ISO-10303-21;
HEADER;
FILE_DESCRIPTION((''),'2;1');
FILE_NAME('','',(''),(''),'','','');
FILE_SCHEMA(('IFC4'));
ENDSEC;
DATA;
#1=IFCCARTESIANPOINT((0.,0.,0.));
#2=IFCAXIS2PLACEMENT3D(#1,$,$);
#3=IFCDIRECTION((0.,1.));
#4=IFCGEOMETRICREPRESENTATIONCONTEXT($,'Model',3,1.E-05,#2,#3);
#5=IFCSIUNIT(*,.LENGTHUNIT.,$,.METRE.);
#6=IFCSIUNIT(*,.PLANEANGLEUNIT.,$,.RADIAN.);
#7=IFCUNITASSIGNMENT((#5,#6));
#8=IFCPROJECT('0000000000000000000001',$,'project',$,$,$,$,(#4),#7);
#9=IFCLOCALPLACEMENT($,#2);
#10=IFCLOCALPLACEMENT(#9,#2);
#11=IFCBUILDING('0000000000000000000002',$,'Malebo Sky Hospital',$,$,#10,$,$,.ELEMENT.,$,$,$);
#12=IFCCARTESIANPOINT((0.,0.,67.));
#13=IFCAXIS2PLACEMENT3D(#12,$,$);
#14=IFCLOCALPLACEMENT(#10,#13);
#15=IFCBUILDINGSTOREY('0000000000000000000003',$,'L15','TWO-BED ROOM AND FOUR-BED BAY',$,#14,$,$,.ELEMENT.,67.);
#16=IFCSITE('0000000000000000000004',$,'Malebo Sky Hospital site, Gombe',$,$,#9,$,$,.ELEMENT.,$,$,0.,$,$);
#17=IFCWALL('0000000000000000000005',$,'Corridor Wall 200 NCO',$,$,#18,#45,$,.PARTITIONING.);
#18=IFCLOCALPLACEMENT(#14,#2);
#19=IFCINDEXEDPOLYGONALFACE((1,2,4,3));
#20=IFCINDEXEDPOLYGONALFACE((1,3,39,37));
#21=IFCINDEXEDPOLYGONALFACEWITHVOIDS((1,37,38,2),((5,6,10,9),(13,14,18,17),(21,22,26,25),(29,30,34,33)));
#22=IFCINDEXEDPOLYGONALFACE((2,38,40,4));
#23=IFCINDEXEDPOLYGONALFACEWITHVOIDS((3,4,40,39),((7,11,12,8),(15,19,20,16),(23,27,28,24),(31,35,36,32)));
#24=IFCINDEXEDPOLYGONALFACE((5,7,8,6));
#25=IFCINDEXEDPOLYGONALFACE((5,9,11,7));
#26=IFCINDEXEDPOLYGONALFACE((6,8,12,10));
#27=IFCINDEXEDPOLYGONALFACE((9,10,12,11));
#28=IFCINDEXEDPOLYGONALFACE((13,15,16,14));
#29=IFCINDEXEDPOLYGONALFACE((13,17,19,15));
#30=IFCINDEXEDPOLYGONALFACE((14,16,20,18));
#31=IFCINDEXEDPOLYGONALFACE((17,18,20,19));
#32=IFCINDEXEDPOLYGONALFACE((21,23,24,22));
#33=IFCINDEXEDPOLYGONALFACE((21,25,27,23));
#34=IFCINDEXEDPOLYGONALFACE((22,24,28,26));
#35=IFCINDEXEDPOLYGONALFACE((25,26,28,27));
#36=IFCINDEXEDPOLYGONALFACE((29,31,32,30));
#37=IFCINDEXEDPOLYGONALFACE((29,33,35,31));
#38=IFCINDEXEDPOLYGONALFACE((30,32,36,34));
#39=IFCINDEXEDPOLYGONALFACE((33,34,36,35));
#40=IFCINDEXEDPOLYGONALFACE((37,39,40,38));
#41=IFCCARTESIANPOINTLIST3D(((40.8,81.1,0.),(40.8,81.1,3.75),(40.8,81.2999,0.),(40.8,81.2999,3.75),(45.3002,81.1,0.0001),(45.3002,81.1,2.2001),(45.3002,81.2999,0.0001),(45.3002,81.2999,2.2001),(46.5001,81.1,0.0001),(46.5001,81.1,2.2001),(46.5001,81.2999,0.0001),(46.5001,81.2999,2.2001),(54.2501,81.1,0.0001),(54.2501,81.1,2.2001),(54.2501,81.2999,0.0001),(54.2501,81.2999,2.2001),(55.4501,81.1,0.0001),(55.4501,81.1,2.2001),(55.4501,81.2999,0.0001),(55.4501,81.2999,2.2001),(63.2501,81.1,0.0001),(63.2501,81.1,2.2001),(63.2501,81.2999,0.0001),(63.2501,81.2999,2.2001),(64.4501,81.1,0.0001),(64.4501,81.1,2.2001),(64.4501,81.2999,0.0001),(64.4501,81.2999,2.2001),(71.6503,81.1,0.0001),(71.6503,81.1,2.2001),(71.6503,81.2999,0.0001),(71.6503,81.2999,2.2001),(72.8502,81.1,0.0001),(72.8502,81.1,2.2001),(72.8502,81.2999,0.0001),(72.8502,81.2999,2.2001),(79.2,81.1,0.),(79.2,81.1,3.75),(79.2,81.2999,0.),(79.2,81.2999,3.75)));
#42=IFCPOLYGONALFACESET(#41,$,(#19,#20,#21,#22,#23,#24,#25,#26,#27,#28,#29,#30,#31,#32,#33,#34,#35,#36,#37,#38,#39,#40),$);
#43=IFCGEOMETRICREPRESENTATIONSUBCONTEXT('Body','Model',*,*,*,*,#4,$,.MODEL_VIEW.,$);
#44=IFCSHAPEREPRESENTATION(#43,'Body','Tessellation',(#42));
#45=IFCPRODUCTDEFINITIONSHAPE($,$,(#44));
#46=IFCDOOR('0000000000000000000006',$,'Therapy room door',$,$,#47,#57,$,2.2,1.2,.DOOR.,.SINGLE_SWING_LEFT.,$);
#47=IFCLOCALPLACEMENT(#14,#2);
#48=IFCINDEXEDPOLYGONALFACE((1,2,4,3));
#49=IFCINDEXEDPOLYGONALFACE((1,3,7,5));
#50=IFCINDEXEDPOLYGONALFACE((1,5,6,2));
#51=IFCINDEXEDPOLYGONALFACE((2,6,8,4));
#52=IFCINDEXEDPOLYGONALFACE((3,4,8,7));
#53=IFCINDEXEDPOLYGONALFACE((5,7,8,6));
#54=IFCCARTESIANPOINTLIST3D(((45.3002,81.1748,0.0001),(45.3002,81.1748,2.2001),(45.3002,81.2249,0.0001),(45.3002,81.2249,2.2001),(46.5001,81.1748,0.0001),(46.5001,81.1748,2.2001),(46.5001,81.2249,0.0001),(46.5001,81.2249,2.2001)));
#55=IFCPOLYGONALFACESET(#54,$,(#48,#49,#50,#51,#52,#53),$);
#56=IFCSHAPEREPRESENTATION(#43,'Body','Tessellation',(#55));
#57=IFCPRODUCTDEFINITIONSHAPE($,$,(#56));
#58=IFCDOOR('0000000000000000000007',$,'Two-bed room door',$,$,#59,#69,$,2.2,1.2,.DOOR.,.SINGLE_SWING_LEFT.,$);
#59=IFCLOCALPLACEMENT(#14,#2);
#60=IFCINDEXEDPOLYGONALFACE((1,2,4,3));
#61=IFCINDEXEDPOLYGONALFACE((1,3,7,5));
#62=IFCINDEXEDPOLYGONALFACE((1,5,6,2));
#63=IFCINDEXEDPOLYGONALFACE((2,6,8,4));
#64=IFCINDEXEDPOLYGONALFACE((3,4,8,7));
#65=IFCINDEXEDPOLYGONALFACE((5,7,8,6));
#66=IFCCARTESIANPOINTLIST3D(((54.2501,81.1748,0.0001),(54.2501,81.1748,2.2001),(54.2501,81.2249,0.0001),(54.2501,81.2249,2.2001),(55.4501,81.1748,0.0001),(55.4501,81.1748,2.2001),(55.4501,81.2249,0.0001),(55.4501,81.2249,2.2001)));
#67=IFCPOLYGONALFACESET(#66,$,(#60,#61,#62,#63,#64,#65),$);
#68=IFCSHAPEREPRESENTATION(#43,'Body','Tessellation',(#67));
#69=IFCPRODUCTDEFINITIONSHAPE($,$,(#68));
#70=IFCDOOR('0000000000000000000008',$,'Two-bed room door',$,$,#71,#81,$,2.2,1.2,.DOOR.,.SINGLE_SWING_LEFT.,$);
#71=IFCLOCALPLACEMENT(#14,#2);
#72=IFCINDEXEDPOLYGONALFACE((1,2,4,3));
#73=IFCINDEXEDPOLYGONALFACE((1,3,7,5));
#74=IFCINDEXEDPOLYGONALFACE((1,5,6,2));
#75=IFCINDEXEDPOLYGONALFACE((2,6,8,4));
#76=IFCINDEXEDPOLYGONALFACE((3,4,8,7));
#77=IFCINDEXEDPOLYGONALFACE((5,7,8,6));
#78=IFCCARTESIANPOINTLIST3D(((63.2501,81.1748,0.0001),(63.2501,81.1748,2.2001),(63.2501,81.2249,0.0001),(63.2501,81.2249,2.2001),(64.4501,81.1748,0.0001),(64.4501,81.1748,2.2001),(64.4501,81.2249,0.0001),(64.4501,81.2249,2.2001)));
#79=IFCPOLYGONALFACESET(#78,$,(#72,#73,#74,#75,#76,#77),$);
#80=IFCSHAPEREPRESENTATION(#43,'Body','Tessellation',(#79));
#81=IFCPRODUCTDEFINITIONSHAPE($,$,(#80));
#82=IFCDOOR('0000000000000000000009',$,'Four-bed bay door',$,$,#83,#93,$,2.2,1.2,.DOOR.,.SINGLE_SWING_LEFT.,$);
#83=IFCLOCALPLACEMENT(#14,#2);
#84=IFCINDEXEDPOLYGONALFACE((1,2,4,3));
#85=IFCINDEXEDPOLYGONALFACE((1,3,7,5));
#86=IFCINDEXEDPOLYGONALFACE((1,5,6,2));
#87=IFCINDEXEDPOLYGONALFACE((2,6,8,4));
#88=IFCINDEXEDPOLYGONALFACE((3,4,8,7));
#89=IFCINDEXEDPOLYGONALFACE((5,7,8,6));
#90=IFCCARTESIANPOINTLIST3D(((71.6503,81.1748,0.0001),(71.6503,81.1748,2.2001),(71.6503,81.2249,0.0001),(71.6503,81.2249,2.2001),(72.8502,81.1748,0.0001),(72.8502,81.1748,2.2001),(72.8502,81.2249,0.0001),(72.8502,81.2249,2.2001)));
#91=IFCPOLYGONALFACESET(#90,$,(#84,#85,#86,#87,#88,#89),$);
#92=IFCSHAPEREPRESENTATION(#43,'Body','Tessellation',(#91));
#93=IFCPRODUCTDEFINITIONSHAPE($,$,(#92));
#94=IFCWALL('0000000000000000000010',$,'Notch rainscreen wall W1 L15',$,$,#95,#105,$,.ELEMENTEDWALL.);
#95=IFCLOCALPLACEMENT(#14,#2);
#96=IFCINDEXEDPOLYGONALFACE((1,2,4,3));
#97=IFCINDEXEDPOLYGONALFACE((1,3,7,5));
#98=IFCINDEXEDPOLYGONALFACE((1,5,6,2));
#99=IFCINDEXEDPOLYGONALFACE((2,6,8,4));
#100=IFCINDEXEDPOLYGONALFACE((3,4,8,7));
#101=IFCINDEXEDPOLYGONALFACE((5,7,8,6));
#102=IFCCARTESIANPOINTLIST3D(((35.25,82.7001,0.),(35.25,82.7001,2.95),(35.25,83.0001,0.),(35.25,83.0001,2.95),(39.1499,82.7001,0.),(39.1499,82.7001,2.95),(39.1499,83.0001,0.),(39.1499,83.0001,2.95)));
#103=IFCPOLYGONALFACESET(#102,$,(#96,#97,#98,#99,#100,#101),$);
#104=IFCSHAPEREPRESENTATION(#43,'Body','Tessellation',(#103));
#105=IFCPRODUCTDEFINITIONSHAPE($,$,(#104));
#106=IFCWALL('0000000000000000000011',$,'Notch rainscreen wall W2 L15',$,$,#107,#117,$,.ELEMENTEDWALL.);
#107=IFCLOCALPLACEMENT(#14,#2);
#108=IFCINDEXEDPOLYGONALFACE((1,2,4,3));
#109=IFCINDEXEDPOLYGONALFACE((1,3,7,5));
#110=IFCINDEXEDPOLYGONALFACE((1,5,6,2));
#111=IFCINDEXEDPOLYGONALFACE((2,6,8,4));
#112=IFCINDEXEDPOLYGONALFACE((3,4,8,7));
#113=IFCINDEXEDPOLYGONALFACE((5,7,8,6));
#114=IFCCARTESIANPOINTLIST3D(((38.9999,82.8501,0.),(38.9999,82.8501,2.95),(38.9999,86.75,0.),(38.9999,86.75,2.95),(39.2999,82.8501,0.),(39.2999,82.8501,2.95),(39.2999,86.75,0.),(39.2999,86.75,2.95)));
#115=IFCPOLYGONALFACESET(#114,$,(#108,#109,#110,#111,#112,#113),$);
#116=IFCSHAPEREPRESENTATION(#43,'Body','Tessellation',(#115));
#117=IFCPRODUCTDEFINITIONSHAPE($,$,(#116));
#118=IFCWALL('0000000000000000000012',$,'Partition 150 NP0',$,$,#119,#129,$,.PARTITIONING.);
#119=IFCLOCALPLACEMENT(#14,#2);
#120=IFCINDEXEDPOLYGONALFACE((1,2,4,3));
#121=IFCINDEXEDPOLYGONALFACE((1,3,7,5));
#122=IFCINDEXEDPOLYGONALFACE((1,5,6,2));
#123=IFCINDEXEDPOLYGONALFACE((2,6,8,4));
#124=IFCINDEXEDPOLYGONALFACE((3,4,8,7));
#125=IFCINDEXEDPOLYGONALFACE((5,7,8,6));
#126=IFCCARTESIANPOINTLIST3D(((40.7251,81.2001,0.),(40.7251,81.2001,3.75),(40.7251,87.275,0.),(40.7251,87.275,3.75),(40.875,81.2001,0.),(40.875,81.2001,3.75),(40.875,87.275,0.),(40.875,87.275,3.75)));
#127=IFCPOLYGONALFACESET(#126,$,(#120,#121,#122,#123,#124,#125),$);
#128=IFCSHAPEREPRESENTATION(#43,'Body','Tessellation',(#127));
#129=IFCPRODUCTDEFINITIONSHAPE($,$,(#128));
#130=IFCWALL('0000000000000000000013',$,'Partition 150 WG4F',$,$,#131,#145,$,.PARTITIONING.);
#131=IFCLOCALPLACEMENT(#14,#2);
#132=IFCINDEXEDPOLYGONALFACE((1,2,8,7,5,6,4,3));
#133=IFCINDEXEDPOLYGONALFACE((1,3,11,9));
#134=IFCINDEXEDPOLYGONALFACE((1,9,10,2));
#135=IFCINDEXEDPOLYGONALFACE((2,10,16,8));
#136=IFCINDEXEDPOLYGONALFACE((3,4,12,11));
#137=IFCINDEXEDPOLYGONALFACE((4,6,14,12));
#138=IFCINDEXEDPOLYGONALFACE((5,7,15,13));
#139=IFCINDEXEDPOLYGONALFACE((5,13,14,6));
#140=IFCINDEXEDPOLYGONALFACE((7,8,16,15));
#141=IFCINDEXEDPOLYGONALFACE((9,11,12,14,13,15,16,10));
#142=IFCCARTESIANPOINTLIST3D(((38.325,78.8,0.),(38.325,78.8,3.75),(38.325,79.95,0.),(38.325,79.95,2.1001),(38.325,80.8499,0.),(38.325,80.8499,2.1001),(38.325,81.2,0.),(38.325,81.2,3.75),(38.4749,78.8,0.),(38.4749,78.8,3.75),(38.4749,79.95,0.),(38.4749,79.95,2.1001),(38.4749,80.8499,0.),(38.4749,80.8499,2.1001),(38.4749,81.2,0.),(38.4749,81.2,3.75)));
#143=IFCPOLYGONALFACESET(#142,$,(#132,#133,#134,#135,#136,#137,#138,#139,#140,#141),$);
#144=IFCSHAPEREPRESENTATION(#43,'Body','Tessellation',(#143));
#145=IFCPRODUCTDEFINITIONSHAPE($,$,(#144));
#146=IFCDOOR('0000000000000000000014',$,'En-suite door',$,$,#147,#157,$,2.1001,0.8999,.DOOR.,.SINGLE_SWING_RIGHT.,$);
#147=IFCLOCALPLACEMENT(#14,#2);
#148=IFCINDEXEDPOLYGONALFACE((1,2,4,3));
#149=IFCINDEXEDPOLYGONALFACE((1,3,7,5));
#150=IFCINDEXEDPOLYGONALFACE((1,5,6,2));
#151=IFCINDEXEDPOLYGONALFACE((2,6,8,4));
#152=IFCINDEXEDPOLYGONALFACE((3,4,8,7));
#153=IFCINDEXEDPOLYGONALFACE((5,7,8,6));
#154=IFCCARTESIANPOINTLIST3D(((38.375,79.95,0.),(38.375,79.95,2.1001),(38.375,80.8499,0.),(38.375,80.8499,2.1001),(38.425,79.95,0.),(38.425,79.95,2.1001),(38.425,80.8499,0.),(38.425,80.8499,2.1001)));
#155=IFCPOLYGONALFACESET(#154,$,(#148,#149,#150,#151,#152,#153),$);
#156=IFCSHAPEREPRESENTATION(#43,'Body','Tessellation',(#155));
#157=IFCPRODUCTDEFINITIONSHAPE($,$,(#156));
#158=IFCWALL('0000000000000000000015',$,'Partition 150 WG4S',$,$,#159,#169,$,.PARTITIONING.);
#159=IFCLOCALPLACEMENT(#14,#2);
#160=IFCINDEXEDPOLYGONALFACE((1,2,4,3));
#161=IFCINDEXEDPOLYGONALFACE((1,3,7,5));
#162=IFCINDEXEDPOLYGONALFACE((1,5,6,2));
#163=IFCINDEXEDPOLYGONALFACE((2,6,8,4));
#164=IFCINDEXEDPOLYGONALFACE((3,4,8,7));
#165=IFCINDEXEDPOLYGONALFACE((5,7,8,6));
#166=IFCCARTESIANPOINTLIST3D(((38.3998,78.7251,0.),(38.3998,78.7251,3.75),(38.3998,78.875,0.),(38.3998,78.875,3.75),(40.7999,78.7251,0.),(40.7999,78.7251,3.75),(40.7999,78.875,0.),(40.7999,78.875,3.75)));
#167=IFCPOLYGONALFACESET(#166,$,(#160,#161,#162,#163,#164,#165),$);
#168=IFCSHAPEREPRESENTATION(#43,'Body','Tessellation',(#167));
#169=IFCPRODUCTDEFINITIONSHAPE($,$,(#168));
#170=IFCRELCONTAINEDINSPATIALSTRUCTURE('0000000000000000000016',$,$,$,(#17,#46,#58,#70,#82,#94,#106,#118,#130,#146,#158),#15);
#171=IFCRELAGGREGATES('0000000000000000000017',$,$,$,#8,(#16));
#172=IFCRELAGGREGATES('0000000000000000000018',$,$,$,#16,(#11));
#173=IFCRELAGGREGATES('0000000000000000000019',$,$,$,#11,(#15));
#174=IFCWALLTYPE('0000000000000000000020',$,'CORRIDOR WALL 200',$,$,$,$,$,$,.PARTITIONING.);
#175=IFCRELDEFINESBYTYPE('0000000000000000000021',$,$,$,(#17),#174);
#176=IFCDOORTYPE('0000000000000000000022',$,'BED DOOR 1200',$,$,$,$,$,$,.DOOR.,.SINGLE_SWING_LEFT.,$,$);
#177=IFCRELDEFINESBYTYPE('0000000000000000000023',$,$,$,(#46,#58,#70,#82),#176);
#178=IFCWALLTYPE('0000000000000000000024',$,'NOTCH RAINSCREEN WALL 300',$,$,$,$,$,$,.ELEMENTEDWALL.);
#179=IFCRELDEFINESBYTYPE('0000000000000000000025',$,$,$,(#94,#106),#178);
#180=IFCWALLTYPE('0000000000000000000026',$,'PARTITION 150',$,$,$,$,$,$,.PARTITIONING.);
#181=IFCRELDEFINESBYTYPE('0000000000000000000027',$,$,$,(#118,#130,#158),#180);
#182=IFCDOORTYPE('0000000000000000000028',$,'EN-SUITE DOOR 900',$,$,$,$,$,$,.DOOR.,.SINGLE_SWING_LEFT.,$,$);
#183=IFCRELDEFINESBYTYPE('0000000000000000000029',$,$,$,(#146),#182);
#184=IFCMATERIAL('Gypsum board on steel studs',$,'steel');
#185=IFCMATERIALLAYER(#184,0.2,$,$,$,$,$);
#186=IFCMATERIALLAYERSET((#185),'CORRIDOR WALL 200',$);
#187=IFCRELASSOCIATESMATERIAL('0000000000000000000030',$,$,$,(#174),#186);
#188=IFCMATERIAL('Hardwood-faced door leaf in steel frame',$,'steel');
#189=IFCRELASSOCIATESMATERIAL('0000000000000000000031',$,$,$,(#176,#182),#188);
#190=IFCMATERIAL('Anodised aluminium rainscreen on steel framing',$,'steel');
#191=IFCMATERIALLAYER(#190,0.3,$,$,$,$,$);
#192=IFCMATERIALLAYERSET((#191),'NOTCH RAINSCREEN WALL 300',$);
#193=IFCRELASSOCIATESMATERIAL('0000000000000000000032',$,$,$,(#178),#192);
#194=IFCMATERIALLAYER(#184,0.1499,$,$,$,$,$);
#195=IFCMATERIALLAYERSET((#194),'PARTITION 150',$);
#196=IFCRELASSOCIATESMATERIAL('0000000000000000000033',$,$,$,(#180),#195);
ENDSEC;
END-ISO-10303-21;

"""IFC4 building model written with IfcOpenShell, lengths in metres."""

from ifc_helpers import new_model, si_unit, direction, frame, frame_2d, origin, place, context, subcontext, project, spatial, rectangle, extrude, material, layer, layer_set, type_object, element, fill, save


model = new_model("IFC4")

# Units and contexts
model_context = context("Model", 3, precision=1e-05, world=origin(), true_north=direction((0.0, 1.0)))
body_context = subcontext(model_context, "Body", "Model", "MODEL_VIEW")
ifc_project = project(units=[si_unit("LENGTHUNIT", "METRE"), si_unit("PLANEANGLEUNIT", "RADIAN")], contexts=[model_context])

# Site, building, storey
site_placement = place(None, origin())
site = spatial("IfcSite", under=ifc_project, at=site_placement, Name="Malebo Sky Hospital site, Gombe", CompositionType="ELEMENT", RefElevation=0.0)
building_placement = place(site_placement, origin())
building = spatial("IfcBuilding", under=site, at=building_placement, Name="Malebo Sky Hospital", CompositionType="ELEMENT")
storey_placement = place(building_placement, frame((0.0, 0.0, 67.0)))
storey = spatial("IfcBuildingStorey", under=building, at=storey_placement, Name="L15", Description="TWO-BED ROOM AND FOUR-BED BAY", CompositionType="ELEMENT", Elevation=67.0)

# Wall, openings, doors
ifc_material_1 = material(Name="Gypsum board on steel studs", Category="steel")
ifc_layer_1 = layer(ifc_material_1, 0.2)
ifc_layer_set_1 = layer_set([ifc_layer_1], Name="CORRIDOR WALL 200")
wall_type_1 = type_object("IfcWallType", Name="CORRIDOR WALL 200", PredefinedType="PARTITIONING", material=ifc_layer_set_1)
wall_1_placement = place(storey_placement, frame((40.8, 81.2, 0.0), z_axis=(0.0, 0.0, 1.0), x_axis=(1.0, 0.0, 0.0)))
wall_1 = element("IfcWall", 1, at=wall_1_placement, inside=storey, type_object=wall_type_1, Name="Corridor Wall 200 NCO", PredefinedType="PARTITIONING", context=body_context, shape_type="SweptSolid", body=[
    extrude(rectangle(XDim=38.3999, YDim=0.2, at=frame_2d((19.2, 0.0))), origin(), (0.0, 0.0, 1.0), 3.75),
])
opening_1_placement = place(wall_1_placement, frame((4.5, 0.0, 0.0)))
opening_1 = element("IfcOpeningElement", 2, at=opening_1_placement, cuts=wall_1, PredefinedType="OPENING", context=body_context, shape_type="SweptSolid", body=[
    extrude(rectangle(XDim=1.2, YDim=2.2, at=frame_2d((0.6001, 1.1001))), frame((0.0, 0.1099, 0.0), z_axis=(0.0, -1.0, 0.0), x_axis=(1.0, 0.0, 0.0)), (0.0, 0.0, 1.0), 0.22),
])
opening_2_placement = place(wall_1_placement, frame((13.45, 0.0, 0.0)))
opening_2 = element("IfcOpeningElement", 3, at=opening_2_placement, cuts=wall_1, PredefinedType="OPENING", context=body_context, shape_type="SweptSolid", body=[
    extrude(rectangle(XDim=1.2, YDim=2.2, at=frame_2d((0.6001, 1.1001))), frame((0.0, 0.1099, 0.0), z_axis=(0.0, -1.0, 0.0), x_axis=(1.0, 0.0, 0.0)), (0.0, 0.0, 1.0), 0.22),
])
opening_3_placement = place(wall_1_placement, frame((22.45, 0.0, 0.0)))
opening_3 = element("IfcOpeningElement", 4, at=opening_3_placement, cuts=wall_1, PredefinedType="OPENING", context=body_context, shape_type="SweptSolid", body=[
    extrude(rectangle(XDim=1.2, YDim=2.2, at=frame_2d((0.6001, 1.1001))), frame((0.0, 0.1099, 0.0), z_axis=(0.0, -1.0, 0.0), x_axis=(1.0, 0.0, 0.0)), (0.0, 0.0, 1.0), 0.22),
])
opening_4_placement = place(wall_1_placement, frame((30.8501, 0.0, 0.0)))
opening_4 = element("IfcOpeningElement", 5, at=opening_4_placement, cuts=wall_1, PredefinedType="OPENING", context=body_context, shape_type="SweptSolid", body=[
    extrude(rectangle(XDim=1.2, YDim=2.2, at=frame_2d((0.6001, 1.1001))), frame((0.0, 0.1099, 0.0), z_axis=(0.0, -1.0, 0.0), x_axis=(1.0, 0.0, 0.0)), (0.0, 0.0, 1.0), 0.22),
])
ifc_material_2 = material(Name="Hardwood-faced door leaf in steel frame", Category="steel")
door_type_1 = type_object("IfcDoorType", Name="BED DOOR 1200", OperationType="SINGLE_SWING_LEFT", PredefinedType="DOOR", material=ifc_material_2)
door_1_placement = place(opening_1_placement, origin())
door_1 = element("IfcDoor", 6, at=door_1_placement, inside=storey, type_object=door_type_1, Name="Therapy room door", OperationType="SINGLE_SWING_LEFT", OverallHeight=2.2, OverallWidth=1.2, PredefinedType="DOOR", context=body_context, shape_type="SweptSolid", body=[
    extrude(rectangle(XDim=1.2, YDim=2.2, at=frame_2d((0.6001, 1.1001))), frame((0.0, 0.0249, 0.0), z_axis=(0.0, -1.0, 0.0), x_axis=(1.0, 0.0, 0.0)), (0.0, 0.0, 1.0), 0.05),
])
fill(opening_1, door_1)
door_2_placement = place(opening_2_placement, origin())
door_2 = element("IfcDoor", 7, at=door_2_placement, inside=storey, type_object=door_type_1, Name="Two-bed room door", OperationType="SINGLE_SWING_LEFT", OverallHeight=2.2, OverallWidth=1.2, PredefinedType="DOOR", context=body_context, shape_type="SweptSolid", body=[
    extrude(rectangle(XDim=1.2, YDim=2.2, at=frame_2d((0.6001, 1.1001))), frame((0.0, 0.0249, 0.0), z_axis=(0.0, -1.0, 0.0), x_axis=(1.0, 0.0, 0.0)), (0.0, 0.0, 1.0), 0.05),
])
fill(opening_2, door_2)
door_3_placement = place(opening_3_placement, origin())
door_3 = element("IfcDoor", 8, at=door_3_placement, inside=storey, type_object=door_type_1, Name="Two-bed room door", OperationType="SINGLE_SWING_LEFT", OverallHeight=2.2, OverallWidth=1.2, PredefinedType="DOOR", context=body_context, shape_type="SweptSolid", body=[
    extrude(rectangle(XDim=1.2, YDim=2.2, at=frame_2d((0.6001, 1.1001))), frame((0.0, 0.0249, 0.0), z_axis=(0.0, -1.0, 0.0), x_axis=(1.0, 0.0, 0.0)), (0.0, 0.0, 1.0), 0.05),
])
fill(opening_3, door_3)
door_4_placement = place(opening_4_placement, origin())
door_4 = element("IfcDoor", 9, at=door_4_placement, inside=storey, type_object=door_type_1, Name="Four-bed bay door", OperationType="SINGLE_SWING_LEFT", OverallHeight=2.2, OverallWidth=1.2, PredefinedType="DOOR", context=body_context, shape_type="SweptSolid", body=[
    extrude(rectangle(XDim=1.2, YDim=2.2, at=frame_2d((0.6001, 1.1001))), frame((0.0, 0.0249, 0.0), z_axis=(0.0, -1.0, 0.0), x_axis=(1.0, 0.0, 0.0)), (0.0, 0.0, 1.0), 0.05),
])
fill(opening_4, door_4)

# Walls
ifc_material_3 = material(Name="Anodised aluminium rainscreen on steel framing", Category="steel")
ifc_layer_2 = layer(ifc_material_3, 0.3)
ifc_layer_set_2 = layer_set([ifc_layer_2], Name="NOTCH RAINSCREEN WALL 300")
wall_type_2 = type_object("IfcWallType", Name="NOTCH RAINSCREEN WALL 300", PredefinedType="ELEMENTEDWALL", material=ifc_layer_set_2)
for number, where, z_axis, x_axis, name in (
    (10, (35.25, 82.8501, 0.0), (0.0, 0.0, 1.0), (1.0, 0.0, 0.0), "Notch rainscreen wall W1 L15"),
    (11, (39.1499, 82.8501, 0.0), (0.0, 0.0, 1.0), (0.0, 1.0, 0.0), "Notch rainscreen wall W2 L15"),
):
    element("IfcWall", number, at=place(storey_placement, frame(where, z_axis=z_axis, x_axis=x_axis)), inside=storey, type_object=wall_type_2, Name=name, PredefinedType="ELEMENTEDWALL", context=body_context, shape_type="SweptSolid", body=[
        extrude(rectangle(XDim=3.8999, YDim=0.3, at=frame_2d((1.95, 0.0))), origin(), (0.0, 0.0, 1.0), 2.95),
    ])
ifc_layer_3 = layer(ifc_material_1, 0.1499)
ifc_layer_set_3 = layer_set([ifc_layer_3], Name="PARTITION 150")
wall_type_3 = type_object("IfcWallType", Name="PARTITION 150", PredefinedType="PARTITIONING", material=ifc_layer_set_3)
wall_2_placement = place(storey_placement, frame((40.8, 81.2, 0.0), z_axis=(0.0, 0.0, 1.0), x_axis=(0.0, 1.0, 0.0)))
element("IfcWall", 12, at=wall_2_placement, inside=storey, type_object=wall_type_3, Name="Partition 150 NP0", PredefinedType="PARTITIONING", context=body_context, shape_type="SweptSolid", body=[
    extrude(rectangle(XDim=6.075, YDim=0.1499, at=frame_2d((3.0376, 0.0))), origin(), (0.0, 0.0, 1.0), 3.75),
])

# Wall, opening, door
wall_3_placement = place(storey_placement, frame((38.3999, 78.8, 0.0), z_axis=(0.0, 0.0, 1.0), x_axis=(0.0, 1.0, 0.0)))
wall_3 = element("IfcWall", 13, at=wall_3_placement, inside=storey, type_object=wall_type_3, Name="Partition 150 WG4F", PredefinedType="PARTITIONING", context=body_context, shape_type="SweptSolid", body=[
    extrude(rectangle(XDim=2.3999, YDim=0.1499, at=frame_2d((1.2, 0.0))), origin(), (0.0, 0.0, 1.0), 3.75),
])
opening_5_placement = place(wall_3_placement, frame((1.1499, 0.0, 0.0)))
opening_5 = element("IfcOpeningElement", 14, at=opening_5_placement, cuts=wall_3, PredefinedType="OPENING", context=body_context, shape_type="SweptSolid", body=[
    extrude(rectangle(XDim=0.8999, YDim=2.1001, at=frame_2d((0.45, 1.05))), frame((0.0, 0.085, 0.0), z_axis=(0.0, -1.0, 0.0), x_axis=(1.0, 0.0, 0.0)), (0.0, 0.0, 1.0), 0.1699),
])
door_type_2 = type_object("IfcDoorType", Name="EN-SUITE DOOR 900", OperationType="SINGLE_SWING_LEFT", PredefinedType="DOOR", material=ifc_material_2)
door_5_placement = place(opening_5_placement, origin())
door_5 = element("IfcDoor", 15, at=door_5_placement, inside=storey, type_object=door_type_2, Name="En-suite door", OperationType="SINGLE_SWING_RIGHT", OverallHeight=2.1001, OverallWidth=0.8999, PredefinedType="DOOR", context=body_context, shape_type="SweptSolid", body=[
    extrude(rectangle(XDim=0.8999, YDim=2.1001, at=frame_2d((0.45, 1.05))), frame((0.0, 0.0249, 0.0), z_axis=(0.0, -1.0, 0.0), x_axis=(1.0, 0.0, 0.0)), (0.0, 0.0, 1.0), 0.05),
])
fill(opening_5, door_5)

# Wall
for number, where, z_axis, x_axis, name in (
    (16, (40.8, 78.8, 0.0), (0.0, 0.0, 1.0), (-1.0, 0.0, 0.0), "Partition 150 WG4S"),
):
    element("IfcWall", number, at=place(storey_placement, frame(where, z_axis=z_axis, x_axis=x_axis)), inside=storey, type_object=wall_type_3, Name=name, PredefinedType="PARTITIONING", context=body_context, shape_type="SweptSolid", body=[
        extrude(rectangle(XDim=2.4001, YDim=0.1499, at=frame_2d((1.2002, 0.0))), origin(), (0.0, 0.0, 1.0), 3.75),
    ])

save(model, "model.ifc")
